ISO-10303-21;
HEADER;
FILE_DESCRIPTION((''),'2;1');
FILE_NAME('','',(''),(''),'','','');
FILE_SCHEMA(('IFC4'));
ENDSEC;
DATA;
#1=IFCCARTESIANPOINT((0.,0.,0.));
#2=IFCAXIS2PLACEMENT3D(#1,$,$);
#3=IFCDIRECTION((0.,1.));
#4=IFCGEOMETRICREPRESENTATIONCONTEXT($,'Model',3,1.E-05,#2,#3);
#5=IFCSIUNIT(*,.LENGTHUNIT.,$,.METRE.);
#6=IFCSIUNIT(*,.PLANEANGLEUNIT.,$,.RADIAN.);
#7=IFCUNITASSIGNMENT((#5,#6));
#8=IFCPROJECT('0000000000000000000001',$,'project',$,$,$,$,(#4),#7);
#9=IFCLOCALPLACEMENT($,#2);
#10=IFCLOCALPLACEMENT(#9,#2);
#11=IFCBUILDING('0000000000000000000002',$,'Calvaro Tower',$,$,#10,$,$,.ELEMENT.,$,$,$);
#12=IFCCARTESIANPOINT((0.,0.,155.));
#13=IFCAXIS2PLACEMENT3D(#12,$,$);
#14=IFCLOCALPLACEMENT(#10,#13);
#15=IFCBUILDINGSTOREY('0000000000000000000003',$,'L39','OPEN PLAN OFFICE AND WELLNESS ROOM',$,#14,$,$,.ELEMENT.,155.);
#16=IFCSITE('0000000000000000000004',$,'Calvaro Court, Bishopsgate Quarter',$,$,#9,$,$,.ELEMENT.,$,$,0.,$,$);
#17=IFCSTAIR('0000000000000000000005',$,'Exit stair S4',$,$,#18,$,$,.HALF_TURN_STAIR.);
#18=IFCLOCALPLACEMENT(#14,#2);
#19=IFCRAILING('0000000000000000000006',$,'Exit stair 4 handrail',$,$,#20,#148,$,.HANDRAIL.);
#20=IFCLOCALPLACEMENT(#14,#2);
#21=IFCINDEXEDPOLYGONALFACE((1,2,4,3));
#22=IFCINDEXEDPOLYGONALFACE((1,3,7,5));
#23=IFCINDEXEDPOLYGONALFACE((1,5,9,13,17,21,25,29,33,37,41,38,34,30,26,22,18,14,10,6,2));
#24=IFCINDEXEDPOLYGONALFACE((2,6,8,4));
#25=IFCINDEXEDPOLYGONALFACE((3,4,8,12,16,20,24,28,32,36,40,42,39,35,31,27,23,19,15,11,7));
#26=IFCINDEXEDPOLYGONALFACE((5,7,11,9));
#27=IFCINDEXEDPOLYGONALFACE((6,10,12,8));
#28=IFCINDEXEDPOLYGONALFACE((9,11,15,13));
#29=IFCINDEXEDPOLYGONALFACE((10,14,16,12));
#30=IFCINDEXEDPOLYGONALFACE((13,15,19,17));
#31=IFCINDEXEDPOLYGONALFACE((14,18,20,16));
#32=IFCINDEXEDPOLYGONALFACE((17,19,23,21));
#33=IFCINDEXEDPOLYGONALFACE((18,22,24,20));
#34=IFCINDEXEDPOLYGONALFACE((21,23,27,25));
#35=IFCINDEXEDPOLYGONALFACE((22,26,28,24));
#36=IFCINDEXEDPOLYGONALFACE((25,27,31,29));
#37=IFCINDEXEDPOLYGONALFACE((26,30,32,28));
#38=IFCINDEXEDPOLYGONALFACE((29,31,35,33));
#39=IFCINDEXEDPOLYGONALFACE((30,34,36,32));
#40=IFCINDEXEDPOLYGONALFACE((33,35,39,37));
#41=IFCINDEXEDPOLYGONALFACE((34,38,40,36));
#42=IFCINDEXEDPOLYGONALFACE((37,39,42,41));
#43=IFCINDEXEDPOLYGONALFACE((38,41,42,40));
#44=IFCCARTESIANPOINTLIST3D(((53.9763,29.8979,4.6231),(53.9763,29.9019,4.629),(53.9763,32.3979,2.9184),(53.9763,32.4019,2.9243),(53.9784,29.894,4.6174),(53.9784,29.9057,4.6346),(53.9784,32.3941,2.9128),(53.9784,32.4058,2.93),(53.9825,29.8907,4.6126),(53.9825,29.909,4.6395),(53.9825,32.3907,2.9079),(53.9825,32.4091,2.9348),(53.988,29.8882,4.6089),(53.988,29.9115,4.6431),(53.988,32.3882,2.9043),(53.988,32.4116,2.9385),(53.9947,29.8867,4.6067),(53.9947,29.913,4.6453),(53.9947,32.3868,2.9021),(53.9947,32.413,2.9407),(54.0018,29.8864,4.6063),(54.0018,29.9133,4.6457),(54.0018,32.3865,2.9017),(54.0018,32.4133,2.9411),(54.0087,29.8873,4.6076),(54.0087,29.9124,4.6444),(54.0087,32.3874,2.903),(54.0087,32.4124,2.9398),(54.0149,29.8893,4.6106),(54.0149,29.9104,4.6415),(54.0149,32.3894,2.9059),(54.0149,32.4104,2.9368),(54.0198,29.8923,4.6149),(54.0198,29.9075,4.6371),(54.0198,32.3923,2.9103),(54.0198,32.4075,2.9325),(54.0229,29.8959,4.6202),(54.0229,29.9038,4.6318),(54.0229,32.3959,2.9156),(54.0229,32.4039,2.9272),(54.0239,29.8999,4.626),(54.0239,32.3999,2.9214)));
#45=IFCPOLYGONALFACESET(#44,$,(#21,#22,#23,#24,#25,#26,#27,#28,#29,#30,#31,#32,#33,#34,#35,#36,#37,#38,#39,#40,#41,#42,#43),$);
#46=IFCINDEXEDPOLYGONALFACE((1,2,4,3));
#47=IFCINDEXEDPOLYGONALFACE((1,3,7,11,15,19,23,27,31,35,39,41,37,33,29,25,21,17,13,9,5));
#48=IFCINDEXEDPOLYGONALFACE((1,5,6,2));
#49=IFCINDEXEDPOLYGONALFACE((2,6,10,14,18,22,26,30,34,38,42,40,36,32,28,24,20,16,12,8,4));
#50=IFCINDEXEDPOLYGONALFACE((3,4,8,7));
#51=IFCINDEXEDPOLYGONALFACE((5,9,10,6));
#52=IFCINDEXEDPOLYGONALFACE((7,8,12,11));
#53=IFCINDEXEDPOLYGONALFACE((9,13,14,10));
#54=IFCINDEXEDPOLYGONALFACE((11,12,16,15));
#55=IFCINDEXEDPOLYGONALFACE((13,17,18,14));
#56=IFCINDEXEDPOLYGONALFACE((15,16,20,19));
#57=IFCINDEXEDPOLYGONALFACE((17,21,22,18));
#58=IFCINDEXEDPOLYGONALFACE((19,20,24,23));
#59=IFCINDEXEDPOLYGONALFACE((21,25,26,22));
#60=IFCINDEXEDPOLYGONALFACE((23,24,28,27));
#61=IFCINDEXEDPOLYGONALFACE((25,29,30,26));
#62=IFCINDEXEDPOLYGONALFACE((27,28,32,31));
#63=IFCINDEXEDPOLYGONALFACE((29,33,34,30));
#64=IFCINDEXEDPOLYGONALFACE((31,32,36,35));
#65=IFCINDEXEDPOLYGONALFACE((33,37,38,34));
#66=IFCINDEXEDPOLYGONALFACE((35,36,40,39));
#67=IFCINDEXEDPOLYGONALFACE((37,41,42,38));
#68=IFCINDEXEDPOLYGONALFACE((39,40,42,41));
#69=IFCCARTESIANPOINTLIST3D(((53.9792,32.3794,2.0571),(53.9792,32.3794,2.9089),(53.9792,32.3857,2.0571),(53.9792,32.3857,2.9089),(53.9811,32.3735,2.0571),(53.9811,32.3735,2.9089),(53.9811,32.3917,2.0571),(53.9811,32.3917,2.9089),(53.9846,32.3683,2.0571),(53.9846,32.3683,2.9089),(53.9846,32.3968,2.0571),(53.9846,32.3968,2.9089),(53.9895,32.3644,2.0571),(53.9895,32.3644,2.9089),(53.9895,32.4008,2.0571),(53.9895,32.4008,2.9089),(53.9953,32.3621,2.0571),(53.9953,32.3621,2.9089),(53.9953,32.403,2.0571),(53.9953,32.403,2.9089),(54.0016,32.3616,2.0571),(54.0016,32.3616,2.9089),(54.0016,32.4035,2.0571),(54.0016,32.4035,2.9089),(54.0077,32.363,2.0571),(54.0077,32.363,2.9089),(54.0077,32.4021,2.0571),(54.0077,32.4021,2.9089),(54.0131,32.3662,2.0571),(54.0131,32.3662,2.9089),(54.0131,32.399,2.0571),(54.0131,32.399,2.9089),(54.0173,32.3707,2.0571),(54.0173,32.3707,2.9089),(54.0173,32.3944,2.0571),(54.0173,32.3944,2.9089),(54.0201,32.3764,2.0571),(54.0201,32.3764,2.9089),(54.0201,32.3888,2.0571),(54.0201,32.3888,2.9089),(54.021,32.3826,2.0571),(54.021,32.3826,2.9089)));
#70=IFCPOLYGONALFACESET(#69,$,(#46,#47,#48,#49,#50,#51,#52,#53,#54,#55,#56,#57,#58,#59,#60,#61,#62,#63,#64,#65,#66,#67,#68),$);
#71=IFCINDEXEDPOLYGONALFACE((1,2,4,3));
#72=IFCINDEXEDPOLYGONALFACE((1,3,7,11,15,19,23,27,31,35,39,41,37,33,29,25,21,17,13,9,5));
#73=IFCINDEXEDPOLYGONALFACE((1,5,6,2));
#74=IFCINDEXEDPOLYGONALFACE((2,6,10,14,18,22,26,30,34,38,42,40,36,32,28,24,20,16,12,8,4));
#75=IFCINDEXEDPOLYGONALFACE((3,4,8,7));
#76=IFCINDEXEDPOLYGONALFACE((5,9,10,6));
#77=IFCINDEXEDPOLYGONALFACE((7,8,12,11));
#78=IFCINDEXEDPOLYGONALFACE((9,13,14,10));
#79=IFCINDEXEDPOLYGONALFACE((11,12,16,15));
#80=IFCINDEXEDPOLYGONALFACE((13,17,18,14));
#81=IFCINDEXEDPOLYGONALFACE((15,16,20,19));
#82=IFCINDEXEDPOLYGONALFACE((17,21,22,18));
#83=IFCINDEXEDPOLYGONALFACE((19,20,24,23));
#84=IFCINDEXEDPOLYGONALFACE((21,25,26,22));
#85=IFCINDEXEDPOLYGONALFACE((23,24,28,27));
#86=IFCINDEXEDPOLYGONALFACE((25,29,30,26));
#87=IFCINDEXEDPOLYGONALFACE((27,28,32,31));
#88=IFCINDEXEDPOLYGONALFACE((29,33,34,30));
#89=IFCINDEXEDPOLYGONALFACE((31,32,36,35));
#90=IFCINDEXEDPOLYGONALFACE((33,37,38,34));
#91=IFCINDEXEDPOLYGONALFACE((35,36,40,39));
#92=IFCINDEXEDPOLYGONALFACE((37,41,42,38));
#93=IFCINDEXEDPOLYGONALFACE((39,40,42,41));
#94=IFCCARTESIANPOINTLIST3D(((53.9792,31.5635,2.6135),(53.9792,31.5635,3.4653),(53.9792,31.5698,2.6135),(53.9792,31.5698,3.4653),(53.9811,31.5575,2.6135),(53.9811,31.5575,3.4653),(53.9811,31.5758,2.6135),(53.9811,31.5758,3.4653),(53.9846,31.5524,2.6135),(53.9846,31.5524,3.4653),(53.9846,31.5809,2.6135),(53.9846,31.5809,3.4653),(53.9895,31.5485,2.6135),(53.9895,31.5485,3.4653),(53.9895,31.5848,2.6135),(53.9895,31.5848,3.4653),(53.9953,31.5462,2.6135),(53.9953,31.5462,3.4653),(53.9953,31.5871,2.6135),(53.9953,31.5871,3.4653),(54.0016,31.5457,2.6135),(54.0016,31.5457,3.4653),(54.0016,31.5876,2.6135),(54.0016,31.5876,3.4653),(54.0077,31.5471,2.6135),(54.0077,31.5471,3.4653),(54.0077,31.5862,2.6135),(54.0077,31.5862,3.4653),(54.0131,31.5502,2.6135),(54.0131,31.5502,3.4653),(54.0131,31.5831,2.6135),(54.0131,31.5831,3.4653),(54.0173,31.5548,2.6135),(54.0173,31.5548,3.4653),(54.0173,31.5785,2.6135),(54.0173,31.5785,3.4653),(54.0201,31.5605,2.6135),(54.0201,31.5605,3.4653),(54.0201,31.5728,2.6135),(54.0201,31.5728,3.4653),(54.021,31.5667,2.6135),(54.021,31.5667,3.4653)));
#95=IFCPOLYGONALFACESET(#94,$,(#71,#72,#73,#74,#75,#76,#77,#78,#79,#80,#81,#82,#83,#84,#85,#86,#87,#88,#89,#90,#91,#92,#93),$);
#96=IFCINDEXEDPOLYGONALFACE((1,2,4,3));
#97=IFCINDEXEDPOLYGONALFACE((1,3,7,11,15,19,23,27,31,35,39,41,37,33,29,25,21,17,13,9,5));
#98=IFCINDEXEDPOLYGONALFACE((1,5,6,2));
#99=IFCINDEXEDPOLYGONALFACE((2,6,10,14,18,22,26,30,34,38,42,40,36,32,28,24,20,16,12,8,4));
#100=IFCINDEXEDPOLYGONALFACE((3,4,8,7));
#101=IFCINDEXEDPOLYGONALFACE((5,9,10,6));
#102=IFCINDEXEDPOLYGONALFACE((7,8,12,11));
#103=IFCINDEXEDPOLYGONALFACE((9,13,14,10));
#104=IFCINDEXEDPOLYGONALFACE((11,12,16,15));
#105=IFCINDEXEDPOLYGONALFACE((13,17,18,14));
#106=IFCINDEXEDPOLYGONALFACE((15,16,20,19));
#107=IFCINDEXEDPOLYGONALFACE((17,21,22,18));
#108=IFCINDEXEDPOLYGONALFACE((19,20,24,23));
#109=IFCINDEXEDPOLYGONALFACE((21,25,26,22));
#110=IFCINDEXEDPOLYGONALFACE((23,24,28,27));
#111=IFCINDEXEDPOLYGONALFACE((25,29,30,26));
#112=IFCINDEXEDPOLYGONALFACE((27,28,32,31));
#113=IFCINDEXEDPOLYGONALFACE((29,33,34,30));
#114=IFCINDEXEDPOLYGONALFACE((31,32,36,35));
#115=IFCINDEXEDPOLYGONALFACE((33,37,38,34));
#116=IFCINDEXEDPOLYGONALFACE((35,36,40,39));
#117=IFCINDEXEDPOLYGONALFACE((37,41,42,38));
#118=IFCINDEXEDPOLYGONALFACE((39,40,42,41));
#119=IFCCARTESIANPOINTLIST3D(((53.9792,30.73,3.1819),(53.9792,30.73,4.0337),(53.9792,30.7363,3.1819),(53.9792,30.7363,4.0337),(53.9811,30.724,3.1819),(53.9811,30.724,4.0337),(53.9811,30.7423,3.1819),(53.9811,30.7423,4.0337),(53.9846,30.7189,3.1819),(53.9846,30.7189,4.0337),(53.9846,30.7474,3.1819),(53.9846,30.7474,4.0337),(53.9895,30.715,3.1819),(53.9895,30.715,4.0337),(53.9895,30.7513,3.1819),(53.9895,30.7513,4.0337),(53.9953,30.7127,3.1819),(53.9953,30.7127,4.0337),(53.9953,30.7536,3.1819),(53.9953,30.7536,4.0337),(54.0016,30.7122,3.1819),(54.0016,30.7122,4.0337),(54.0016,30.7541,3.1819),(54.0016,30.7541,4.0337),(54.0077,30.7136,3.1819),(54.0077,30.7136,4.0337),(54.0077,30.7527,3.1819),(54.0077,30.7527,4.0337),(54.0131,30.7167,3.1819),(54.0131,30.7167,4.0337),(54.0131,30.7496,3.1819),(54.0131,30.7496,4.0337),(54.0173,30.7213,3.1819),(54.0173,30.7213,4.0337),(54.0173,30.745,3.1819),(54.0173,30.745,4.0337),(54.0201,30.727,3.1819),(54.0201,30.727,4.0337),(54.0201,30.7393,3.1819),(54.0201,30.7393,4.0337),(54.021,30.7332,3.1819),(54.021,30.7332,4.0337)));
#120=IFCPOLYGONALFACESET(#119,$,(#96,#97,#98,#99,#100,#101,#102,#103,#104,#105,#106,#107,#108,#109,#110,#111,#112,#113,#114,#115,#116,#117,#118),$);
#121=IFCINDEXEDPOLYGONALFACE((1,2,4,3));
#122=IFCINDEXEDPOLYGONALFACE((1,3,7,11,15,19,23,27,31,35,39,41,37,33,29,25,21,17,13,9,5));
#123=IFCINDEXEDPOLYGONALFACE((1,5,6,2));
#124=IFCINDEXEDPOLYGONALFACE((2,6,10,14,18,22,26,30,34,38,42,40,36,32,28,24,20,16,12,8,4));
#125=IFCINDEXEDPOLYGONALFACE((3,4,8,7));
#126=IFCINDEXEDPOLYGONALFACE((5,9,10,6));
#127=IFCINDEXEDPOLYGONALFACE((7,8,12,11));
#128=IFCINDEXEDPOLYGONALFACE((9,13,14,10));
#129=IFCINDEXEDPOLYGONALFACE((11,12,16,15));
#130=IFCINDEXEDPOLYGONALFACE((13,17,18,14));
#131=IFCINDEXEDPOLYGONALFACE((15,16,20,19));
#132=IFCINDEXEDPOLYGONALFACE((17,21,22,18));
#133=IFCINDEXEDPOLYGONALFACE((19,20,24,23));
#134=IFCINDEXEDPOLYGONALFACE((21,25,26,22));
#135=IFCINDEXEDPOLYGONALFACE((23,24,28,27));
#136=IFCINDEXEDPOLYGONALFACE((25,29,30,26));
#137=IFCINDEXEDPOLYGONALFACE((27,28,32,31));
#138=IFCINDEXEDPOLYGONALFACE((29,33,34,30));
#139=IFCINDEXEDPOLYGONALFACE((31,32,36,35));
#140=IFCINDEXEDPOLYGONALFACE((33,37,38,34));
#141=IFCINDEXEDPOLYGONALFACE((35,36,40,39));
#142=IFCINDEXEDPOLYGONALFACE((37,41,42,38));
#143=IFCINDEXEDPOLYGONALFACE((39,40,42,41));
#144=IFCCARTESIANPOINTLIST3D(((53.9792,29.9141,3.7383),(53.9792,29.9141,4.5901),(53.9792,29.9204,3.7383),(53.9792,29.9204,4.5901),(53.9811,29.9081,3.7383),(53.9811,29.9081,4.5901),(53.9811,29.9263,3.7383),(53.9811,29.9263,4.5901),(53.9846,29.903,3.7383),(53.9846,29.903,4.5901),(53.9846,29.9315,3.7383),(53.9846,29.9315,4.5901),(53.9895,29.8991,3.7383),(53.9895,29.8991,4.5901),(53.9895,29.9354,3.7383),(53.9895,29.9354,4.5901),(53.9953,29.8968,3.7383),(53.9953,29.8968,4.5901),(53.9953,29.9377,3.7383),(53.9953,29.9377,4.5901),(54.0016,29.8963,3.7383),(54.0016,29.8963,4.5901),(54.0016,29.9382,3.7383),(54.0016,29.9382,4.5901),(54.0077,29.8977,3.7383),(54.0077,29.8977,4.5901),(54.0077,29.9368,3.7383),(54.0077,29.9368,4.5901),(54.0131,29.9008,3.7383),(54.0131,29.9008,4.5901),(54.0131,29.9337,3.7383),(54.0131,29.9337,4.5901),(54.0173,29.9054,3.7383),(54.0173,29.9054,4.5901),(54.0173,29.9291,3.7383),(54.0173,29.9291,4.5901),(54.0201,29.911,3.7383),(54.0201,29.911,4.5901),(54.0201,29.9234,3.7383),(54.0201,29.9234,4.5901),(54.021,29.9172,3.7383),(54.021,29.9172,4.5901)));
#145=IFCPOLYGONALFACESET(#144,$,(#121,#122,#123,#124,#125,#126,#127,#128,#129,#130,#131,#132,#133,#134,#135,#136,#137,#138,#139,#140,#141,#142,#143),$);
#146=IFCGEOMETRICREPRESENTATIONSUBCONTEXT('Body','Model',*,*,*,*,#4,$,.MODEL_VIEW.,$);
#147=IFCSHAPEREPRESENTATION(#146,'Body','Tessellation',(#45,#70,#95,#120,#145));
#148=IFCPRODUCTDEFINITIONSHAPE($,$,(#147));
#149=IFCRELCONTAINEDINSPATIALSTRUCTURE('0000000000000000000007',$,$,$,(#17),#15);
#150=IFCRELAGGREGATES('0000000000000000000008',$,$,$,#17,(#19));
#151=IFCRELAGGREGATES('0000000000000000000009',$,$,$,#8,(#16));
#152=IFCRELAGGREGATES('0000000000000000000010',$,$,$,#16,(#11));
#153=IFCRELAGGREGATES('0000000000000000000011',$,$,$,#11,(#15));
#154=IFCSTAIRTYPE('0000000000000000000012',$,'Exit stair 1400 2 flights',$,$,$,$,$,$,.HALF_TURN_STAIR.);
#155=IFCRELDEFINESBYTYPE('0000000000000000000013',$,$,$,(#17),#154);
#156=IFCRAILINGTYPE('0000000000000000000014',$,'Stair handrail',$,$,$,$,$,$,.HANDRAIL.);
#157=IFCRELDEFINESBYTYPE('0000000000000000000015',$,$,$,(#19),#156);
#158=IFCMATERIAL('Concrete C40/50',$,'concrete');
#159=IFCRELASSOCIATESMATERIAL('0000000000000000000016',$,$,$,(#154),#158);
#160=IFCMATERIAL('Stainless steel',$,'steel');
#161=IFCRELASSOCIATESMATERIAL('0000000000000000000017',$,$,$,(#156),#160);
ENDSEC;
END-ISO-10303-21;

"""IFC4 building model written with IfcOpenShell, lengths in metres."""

from ifc_helpers import new_model, si_unit, direction, frame, origin, origin_2d, place, context, subcontext, project, spatial, circle, extrude, material, type_object, element, aggregate, save


model = new_model("IFC4")

# Units and contexts
model_context = context("Model", 3, precision=1e-05, world=origin(), true_north=direction((0.0, 1.0)))
body_context = subcontext(model_context, "Body", "Model", "MODEL_VIEW")
ifc_project = project(units=[si_unit("LENGTHUNIT", "METRE"), si_unit("PLANEANGLEUNIT", "RADIAN")], contexts=[model_context])

# Site, building, storey
site_placement = place(None, origin())
site = spatial("IfcSite", under=ifc_project, at=site_placement, Name="Calvaro Court, Bishopsgate Quarter", CompositionType="ELEMENT", RefElevation=0.0)
building_placement = place(site_placement, origin())
building = spatial("IfcBuilding", under=site, at=building_placement, Name="Calvaro Tower", CompositionType="ELEMENT")
storey_placement = place(building_placement, frame((0.0, 0.0, 155.0)))
storey = spatial("IfcBuildingStorey", under=building, at=storey_placement, Name="L39", Description="OPEN PLAN OFFICE AND WELLNESS ROOM", CompositionType="ELEMENT", Elevation=155.0)

# Stair
ifc_material_1 = material(Name="Concrete C40/50", Category="concrete")
stair_type = type_object("IfcStairType", Name="Exit stair 1400 2 flights", PredefinedType="HALF_TURN_STAIR", material=ifc_material_1)
stair_1_placement = place(storey_placement, origin())
stair_1 = element("IfcStair", 1, at=stair_1_placement, inside=storey, type_object=stair_type, Name="Exit stair S4", PredefinedType="HALF_TURN_STAIR")

# Railing
ifc_material_2 = material(Name="Stainless steel", Category="steel")
railing_type = type_object("IfcRailingType", Name="Stair handrail", PredefinedType="HANDRAIL", material=ifc_material_2)
railing_1_placement = place(storey_placement, frame((54.0, 32.3999, 2.0454)))
railing_1 = element("IfcRailing", 2, at=railing_1_placement, type_object=railing_type, Name="Exit stair 4 handrail", PredefinedType="HANDRAIL", context=body_context, shape_type="SweptSolid", body=[
    extrude(circle(Radius=0.0239, at=origin_2d()), frame((0.0, 0.0, 0.876), z_axis=(0.0, -0.826221, 0.563347), x_axis=(1.0, 0.0, 0.0)), (0.0, 0.0, 1.0), 3.0259),
    extrude(circle(Radius=0.021, at=origin_2d()), frame((0.0, -0.0173, 0.0117)), (0.0, 0.0, 1.0), 0.8518),
    extrude(circle(Radius=0.021, at=origin_2d()), frame((0.0, -0.8333, 0.5681)), (0.0, 0.0, 1.0), 0.8518),
    extrude(circle(Radius=0.021, at=origin_2d()), frame((0.0, -1.6667, 1.1365)), (0.0, 0.0, 1.0), 0.8518),
    extrude(circle(Radius=0.021, at=origin_2d()), frame((0.0, -2.4827, 1.6929)), (0.0, 0.0, 1.0), 0.8518),
])
aggregate(stair_1, [railing_1])

save(model, "model.ifc")
